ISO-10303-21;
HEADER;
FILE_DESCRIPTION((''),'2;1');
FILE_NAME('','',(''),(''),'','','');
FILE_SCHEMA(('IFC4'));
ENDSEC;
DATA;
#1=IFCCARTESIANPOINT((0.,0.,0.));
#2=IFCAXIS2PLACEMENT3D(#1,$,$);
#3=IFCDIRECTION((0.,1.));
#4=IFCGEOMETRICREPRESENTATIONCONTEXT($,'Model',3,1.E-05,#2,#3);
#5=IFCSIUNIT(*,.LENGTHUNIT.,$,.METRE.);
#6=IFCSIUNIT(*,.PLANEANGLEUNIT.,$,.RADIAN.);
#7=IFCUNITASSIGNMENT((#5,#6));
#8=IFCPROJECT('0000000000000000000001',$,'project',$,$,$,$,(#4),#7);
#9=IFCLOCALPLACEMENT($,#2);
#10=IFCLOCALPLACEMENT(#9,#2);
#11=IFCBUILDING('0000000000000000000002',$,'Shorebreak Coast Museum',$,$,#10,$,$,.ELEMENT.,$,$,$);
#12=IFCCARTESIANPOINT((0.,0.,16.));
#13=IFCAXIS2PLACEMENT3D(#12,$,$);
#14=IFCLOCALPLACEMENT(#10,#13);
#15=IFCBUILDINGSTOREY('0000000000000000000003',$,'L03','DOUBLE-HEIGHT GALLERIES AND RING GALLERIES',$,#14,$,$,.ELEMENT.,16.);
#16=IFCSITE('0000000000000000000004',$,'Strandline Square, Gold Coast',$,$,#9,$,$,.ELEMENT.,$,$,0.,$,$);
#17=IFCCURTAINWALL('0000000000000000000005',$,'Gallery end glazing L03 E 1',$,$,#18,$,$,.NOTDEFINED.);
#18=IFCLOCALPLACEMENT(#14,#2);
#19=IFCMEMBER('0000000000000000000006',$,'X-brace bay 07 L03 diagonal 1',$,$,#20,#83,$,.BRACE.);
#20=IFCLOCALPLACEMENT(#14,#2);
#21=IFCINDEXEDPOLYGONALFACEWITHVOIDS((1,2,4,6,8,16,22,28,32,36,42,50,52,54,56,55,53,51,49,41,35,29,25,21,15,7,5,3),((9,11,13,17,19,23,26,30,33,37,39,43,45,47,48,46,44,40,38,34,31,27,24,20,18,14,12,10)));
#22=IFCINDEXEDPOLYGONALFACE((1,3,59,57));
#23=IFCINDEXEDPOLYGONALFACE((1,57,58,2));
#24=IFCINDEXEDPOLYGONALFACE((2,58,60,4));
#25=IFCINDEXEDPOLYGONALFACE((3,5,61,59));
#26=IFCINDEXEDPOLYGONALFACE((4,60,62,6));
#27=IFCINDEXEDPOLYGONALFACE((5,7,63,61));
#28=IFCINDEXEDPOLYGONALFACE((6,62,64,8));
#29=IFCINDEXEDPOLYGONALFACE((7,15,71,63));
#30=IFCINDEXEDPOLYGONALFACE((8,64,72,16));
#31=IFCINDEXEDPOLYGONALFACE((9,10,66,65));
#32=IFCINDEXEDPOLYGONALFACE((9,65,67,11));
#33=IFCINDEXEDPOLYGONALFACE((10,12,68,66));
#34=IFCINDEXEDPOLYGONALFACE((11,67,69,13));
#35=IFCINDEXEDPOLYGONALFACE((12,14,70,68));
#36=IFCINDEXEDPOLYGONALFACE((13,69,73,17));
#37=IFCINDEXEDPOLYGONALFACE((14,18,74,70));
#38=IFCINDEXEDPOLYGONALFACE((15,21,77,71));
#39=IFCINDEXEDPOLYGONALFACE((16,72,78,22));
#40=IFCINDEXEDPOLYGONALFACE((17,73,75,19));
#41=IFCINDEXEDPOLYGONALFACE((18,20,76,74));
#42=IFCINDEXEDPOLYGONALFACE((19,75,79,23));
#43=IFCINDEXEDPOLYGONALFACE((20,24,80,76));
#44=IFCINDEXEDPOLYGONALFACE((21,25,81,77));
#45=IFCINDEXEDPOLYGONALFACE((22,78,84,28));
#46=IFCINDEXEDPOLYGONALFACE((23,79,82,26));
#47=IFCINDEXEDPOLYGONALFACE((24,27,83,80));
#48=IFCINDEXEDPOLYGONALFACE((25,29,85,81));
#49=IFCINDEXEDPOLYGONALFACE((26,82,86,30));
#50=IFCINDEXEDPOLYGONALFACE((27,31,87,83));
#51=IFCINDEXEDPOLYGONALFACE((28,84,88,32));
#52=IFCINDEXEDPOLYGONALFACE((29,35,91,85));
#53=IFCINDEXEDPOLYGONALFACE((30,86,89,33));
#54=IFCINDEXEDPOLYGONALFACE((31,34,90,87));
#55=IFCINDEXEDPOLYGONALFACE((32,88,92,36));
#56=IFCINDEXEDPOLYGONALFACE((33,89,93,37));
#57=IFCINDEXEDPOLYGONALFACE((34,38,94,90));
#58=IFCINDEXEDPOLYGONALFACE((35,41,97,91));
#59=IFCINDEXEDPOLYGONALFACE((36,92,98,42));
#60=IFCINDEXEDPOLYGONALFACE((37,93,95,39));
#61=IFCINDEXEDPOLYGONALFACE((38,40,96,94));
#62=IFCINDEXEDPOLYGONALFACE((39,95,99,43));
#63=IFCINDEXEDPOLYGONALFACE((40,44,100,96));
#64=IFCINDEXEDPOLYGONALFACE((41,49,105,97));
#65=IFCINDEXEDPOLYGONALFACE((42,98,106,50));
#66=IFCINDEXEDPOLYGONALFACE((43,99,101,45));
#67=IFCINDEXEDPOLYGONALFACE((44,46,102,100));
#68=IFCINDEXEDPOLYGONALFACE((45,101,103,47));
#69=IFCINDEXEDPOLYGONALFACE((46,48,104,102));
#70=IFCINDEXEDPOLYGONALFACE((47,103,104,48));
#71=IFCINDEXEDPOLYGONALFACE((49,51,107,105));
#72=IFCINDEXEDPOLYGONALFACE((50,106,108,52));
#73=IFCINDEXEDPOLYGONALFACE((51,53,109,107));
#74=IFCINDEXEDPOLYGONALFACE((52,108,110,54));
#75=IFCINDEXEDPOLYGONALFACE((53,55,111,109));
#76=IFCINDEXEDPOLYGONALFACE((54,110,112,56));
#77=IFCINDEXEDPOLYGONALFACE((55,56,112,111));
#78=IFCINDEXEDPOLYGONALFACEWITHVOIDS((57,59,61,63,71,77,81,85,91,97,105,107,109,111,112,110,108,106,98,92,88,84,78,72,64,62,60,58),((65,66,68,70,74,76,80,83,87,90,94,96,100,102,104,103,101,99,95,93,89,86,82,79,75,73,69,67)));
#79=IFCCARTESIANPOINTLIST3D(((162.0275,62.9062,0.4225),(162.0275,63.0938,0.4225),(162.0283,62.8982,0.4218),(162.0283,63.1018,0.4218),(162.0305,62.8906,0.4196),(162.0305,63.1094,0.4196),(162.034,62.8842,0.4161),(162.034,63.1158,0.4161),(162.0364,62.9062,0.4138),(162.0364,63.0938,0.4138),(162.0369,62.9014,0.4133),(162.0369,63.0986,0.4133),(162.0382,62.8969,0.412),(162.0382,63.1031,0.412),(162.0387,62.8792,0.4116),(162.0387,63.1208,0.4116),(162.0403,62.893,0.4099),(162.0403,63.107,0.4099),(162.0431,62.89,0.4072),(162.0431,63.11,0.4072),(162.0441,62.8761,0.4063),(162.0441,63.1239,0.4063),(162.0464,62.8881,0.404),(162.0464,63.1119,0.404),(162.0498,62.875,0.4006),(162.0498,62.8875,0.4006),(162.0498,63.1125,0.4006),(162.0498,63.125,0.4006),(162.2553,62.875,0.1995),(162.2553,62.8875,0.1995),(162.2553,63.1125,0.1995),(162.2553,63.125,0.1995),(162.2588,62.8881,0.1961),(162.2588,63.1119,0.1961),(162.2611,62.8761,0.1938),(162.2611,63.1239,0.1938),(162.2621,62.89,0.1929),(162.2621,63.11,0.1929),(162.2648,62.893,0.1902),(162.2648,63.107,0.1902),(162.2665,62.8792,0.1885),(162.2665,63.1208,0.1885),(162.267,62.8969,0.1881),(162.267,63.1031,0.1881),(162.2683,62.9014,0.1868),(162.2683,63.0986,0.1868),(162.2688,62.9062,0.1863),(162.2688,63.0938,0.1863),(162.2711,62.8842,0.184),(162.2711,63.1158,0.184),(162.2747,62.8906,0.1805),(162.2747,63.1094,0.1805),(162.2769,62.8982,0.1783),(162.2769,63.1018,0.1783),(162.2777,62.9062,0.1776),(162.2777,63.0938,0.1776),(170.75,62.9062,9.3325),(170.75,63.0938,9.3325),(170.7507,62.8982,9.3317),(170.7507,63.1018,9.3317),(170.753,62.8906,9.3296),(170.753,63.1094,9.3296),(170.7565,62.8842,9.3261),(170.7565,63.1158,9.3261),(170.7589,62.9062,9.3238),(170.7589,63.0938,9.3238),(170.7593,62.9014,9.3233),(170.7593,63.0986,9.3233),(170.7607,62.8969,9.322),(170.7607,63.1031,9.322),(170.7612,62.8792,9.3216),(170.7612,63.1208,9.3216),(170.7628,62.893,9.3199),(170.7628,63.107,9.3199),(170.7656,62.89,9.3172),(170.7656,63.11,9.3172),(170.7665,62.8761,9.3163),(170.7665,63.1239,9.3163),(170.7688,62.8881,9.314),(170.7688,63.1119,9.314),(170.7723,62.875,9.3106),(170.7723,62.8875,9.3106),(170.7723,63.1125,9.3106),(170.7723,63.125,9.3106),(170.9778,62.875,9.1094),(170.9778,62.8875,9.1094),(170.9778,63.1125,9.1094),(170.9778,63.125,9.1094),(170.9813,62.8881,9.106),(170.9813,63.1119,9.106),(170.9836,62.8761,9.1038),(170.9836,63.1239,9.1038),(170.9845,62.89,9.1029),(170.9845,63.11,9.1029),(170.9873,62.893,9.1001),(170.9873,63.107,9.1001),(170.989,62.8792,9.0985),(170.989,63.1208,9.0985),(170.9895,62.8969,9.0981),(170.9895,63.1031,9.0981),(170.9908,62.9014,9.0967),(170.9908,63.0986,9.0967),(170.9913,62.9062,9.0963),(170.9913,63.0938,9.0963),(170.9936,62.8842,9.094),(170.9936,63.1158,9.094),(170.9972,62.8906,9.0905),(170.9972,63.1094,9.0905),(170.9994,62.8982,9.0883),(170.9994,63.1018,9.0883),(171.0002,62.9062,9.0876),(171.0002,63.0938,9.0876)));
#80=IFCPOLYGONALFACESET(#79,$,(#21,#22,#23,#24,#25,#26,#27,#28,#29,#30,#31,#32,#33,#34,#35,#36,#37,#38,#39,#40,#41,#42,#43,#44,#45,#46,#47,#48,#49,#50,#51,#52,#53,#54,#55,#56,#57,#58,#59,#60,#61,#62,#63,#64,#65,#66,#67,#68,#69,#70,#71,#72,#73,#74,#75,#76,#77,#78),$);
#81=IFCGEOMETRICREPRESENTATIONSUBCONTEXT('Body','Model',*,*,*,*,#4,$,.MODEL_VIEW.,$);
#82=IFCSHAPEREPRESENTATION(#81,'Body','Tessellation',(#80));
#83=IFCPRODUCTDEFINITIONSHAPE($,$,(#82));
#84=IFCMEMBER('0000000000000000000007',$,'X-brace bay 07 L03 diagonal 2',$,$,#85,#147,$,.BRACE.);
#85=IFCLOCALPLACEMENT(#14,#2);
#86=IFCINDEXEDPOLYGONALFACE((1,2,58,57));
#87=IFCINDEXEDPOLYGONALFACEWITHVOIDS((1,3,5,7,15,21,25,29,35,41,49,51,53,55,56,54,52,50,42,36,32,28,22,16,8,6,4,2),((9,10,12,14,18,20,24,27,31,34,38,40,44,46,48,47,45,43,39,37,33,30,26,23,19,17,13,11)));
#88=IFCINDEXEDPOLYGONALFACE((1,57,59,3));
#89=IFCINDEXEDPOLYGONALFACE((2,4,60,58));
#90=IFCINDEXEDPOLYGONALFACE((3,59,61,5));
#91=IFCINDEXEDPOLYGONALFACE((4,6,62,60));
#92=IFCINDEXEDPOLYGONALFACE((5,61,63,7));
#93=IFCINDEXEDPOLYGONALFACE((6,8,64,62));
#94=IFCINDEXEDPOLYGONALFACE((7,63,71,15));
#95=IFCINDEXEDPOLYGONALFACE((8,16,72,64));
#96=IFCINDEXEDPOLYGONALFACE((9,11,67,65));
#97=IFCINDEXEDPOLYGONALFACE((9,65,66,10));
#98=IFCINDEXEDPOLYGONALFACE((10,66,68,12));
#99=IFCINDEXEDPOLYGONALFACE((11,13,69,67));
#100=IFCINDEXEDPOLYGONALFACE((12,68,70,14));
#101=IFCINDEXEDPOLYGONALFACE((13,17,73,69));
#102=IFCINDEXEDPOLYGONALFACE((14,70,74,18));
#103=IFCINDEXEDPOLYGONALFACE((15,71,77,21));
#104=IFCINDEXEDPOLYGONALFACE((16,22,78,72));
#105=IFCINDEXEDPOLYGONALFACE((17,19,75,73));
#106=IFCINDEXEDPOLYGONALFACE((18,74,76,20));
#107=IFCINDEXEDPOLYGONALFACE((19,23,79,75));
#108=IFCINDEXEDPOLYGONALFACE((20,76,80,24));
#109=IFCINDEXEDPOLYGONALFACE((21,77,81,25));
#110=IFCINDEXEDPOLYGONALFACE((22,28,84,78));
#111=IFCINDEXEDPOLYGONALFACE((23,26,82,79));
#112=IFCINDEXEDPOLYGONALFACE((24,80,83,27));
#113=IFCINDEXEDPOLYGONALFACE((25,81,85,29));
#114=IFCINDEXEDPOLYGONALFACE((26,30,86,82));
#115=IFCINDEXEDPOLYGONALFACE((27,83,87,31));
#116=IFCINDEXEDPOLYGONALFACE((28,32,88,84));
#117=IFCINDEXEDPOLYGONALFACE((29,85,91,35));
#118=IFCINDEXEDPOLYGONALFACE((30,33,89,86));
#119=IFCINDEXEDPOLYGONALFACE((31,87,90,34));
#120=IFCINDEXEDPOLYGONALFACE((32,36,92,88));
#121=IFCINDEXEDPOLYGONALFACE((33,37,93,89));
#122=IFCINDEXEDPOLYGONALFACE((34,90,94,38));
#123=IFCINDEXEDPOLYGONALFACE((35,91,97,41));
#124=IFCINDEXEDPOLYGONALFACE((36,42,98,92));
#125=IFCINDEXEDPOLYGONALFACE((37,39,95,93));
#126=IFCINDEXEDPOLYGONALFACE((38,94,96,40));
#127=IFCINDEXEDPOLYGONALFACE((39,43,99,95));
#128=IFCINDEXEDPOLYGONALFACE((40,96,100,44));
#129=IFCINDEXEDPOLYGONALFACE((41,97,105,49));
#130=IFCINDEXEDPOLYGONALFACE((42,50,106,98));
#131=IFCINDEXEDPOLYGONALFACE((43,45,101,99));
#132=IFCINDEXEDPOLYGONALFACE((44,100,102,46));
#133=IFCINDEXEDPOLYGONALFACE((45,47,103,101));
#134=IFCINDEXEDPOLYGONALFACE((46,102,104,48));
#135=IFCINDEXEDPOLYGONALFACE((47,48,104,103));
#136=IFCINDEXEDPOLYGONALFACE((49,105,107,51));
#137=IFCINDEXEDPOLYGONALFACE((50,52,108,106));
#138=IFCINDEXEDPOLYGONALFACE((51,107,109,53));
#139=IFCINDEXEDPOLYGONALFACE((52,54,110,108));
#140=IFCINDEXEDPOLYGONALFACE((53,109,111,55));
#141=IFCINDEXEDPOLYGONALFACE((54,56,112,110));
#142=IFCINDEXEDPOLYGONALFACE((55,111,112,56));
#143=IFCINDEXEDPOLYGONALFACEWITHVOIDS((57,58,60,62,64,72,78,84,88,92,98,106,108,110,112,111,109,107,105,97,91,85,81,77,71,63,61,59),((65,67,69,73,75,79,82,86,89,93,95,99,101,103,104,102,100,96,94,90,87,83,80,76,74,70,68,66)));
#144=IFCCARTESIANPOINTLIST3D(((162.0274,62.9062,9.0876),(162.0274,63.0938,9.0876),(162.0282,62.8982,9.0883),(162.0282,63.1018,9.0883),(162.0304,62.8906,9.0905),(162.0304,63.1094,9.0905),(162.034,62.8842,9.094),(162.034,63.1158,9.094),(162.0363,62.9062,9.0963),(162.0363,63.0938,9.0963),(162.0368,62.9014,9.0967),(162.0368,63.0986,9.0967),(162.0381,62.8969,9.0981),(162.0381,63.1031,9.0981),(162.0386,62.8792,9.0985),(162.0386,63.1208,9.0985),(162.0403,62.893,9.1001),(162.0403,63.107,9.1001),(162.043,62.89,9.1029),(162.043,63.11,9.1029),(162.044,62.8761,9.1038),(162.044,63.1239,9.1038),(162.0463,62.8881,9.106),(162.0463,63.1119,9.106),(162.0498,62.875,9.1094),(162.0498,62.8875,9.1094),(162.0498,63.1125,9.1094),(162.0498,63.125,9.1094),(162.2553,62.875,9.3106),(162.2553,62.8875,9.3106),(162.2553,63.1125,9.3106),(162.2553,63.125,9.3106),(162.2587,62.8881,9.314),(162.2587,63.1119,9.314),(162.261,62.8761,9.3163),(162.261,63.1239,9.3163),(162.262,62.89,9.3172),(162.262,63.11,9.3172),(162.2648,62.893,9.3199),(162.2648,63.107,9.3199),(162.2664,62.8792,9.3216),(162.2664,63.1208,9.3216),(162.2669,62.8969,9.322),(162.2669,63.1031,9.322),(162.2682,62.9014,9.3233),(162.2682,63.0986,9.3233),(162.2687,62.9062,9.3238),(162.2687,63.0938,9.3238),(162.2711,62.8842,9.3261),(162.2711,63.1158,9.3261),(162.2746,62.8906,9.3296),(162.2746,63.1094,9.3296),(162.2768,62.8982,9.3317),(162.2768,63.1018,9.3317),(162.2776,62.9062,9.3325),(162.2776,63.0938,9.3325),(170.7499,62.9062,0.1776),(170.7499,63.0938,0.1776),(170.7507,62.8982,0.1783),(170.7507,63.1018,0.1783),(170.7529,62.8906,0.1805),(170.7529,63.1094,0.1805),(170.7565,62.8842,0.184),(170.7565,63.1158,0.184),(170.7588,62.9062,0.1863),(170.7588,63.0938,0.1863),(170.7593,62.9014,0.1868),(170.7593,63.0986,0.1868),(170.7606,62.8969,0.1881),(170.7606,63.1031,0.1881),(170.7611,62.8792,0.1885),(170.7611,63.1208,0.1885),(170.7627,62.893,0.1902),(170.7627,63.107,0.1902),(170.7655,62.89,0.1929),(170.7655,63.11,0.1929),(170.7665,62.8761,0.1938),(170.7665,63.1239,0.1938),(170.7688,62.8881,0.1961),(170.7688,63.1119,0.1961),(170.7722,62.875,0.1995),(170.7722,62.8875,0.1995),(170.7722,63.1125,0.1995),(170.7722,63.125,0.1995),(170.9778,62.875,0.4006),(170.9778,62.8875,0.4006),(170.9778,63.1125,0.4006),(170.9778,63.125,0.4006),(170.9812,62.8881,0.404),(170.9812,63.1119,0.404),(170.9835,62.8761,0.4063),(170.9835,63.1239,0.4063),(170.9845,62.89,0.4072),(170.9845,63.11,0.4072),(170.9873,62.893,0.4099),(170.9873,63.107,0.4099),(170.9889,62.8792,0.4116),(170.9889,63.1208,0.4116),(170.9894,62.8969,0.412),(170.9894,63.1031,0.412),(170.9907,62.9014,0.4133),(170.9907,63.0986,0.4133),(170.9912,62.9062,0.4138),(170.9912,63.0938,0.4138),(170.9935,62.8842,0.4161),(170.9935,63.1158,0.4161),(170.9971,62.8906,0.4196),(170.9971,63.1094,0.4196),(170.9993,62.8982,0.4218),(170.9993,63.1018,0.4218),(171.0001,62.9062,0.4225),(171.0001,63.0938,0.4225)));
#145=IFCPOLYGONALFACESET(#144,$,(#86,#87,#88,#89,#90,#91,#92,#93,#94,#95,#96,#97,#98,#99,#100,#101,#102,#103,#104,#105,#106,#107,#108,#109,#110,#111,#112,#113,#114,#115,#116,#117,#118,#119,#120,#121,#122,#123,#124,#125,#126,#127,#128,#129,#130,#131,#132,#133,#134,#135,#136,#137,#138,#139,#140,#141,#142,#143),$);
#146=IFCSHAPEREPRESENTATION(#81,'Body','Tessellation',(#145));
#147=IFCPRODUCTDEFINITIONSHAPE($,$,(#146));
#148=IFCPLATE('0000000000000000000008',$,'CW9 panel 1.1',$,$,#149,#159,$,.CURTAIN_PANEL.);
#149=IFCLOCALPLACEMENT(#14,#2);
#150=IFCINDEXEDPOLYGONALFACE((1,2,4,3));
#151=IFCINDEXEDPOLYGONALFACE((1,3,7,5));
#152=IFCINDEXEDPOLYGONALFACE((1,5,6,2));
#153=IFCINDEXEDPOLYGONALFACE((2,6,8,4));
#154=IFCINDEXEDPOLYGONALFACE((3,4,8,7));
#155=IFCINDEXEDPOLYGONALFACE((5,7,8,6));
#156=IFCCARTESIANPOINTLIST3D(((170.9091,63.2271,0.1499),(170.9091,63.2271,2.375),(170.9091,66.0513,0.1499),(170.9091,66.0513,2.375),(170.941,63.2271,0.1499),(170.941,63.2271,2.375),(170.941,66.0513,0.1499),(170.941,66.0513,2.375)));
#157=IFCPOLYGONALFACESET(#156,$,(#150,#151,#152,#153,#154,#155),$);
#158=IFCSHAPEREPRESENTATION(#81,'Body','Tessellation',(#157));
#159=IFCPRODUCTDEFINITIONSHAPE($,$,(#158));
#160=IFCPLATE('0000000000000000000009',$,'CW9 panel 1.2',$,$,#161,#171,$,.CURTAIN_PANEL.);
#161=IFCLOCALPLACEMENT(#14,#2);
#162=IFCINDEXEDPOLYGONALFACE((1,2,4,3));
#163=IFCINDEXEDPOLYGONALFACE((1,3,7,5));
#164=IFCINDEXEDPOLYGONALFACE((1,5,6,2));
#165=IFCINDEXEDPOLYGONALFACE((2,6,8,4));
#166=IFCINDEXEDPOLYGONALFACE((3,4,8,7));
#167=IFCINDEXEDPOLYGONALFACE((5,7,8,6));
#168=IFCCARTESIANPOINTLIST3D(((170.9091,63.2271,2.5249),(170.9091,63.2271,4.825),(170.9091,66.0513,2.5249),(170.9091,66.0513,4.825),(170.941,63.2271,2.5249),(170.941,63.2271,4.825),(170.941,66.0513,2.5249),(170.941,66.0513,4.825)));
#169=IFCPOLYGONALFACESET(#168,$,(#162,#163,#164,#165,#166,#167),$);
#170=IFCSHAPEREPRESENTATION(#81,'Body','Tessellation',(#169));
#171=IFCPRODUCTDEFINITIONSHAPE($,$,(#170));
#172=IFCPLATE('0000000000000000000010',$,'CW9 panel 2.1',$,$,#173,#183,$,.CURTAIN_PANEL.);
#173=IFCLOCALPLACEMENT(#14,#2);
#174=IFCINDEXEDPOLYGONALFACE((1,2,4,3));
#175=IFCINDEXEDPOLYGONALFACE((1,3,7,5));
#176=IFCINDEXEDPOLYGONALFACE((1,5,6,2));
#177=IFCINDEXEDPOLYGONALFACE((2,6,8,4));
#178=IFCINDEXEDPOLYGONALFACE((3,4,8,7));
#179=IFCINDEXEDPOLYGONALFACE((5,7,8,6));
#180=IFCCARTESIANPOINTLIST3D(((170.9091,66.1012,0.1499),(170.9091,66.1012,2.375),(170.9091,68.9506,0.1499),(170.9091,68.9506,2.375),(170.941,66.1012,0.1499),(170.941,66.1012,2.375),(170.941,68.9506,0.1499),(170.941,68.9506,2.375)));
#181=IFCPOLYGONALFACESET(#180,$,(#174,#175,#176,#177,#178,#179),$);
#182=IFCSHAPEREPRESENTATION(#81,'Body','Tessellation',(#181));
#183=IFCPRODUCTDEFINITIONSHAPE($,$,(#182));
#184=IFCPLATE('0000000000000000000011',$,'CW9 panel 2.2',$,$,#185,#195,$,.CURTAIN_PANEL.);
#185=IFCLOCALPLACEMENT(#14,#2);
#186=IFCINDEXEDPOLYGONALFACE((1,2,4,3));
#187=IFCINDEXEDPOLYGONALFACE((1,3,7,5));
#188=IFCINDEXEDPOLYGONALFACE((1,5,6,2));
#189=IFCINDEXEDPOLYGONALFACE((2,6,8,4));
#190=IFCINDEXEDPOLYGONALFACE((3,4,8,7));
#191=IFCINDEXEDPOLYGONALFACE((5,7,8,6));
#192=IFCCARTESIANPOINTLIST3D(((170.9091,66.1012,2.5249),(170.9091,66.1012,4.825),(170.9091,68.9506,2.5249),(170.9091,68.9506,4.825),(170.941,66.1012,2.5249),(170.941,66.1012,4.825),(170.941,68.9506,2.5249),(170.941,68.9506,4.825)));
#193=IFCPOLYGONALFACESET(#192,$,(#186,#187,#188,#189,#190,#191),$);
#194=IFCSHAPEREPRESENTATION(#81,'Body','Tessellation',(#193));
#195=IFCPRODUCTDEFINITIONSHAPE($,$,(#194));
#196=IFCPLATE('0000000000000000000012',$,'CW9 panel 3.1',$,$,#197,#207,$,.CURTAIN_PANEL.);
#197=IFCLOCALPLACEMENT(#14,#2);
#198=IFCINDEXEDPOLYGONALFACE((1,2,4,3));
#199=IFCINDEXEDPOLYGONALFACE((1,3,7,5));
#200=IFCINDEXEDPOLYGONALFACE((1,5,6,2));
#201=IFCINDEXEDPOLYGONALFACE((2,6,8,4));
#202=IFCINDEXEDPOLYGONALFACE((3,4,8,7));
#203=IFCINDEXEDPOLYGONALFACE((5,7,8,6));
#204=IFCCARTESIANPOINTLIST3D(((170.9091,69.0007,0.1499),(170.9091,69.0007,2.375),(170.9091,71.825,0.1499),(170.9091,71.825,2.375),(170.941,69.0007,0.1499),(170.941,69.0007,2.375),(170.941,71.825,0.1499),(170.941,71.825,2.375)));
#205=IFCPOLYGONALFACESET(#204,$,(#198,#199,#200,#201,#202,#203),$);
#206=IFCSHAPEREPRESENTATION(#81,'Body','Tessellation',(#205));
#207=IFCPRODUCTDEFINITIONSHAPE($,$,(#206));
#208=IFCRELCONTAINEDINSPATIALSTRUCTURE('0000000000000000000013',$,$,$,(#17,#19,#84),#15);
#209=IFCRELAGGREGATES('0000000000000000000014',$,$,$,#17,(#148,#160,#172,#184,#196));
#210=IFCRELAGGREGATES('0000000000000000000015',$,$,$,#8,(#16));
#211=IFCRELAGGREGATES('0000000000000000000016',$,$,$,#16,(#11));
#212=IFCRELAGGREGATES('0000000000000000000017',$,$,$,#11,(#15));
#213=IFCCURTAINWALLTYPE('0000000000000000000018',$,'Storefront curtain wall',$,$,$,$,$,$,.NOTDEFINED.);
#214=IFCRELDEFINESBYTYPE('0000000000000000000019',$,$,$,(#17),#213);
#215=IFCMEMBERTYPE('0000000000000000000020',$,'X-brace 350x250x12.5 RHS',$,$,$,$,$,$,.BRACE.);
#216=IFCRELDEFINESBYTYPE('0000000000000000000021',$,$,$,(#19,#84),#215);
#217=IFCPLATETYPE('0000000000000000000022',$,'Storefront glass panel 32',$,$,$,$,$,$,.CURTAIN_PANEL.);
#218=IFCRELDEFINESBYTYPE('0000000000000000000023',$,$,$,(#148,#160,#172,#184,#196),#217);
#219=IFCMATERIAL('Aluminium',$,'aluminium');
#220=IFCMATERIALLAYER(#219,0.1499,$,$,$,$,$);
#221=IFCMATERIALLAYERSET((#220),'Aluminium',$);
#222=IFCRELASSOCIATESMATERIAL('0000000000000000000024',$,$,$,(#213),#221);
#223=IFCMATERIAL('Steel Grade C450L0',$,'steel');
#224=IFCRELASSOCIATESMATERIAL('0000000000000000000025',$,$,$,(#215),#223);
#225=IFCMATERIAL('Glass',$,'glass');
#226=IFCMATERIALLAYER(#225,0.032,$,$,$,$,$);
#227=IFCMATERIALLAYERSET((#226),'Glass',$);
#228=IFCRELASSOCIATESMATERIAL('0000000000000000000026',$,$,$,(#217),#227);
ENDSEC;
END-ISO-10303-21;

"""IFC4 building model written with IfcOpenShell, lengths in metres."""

from ifc_helpers import new_model, si_unit, direction, frame, origin, origin_2d, place, context, subcontext, project, spatial, rectangle, hollow_rectangle, extrude, material, layer, layer_set, material_profile, profile_set, type_object, element, aggregate, save


model = new_model("IFC4")

# Units and contexts
model_context = context("Model", 3, precision=1e-05, world=origin(), true_north=direction((0.0, 1.0)))
body_context = subcontext(model_context, "Body", "Model", "MODEL_VIEW")
ifc_project = project(units=[si_unit("LENGTHUNIT", "METRE"), si_unit("PLANEANGLEUNIT", "RADIAN")], contexts=[model_context])

# Site, building, storey
site_placement = place(None, origin())
site = spatial("IfcSite", under=ifc_project, at=site_placement, Name="Strandline Square, Gold Coast", CompositionType="ELEMENT", RefElevation=0.0)
building_placement = place(site_placement, origin())
building = spatial("IfcBuilding", under=site, at=building_placement, Name="Shorebreak Coast Museum", CompositionType="ELEMENT")
storey_placement = place(building_placement, frame((0.0, 0.0, 16.0)))
storey = spatial("IfcBuildingStorey", under=building, at=storey_placement, Name="L03", Description="DOUBLE-HEIGHT GALLERIES AND RING GALLERIES", CompositionType="ELEMENT", Elevation=16.0)

# Curtain wall
ifc_material_1 = material(Name="Aluminium", Category="aluminium")
ifc_layer_1 = layer(ifc_material_1, 0.1499)
ifc_layer_set_1 = layer_set([ifc_layer_1], Name="Aluminium")
curtain_wall_type = type_object("IfcCurtainWallType", Name="Storefront curtain wall", PredefinedType="NOTDEFINED", material=ifc_layer_set_1)
curtain_wall_1_placement = place(storey_placement, origin())
curtain_wall_1 = element("IfcCurtainWall", 1, at=curtain_wall_1_placement, inside=storey, type_object=curtain_wall_type, Name="Gallery end glazing L03 E 1", PredefinedType="NOTDEFINED")

# Members
ifc_material_2 = material(Name="Steel Grade C450L0", Category="steel")
ifc_material_profile_1 = material_profile(ifc_material_2, hollow_rectangle(XDim=0.25, YDim=0.3501, WallThickness=0.0125, InnerFilletRadius=0.0188, OuterFilletRadius=0.0312, at=origin_2d()), Name="350x250x12.5 RHS")
ifc_profile_set_1 = profile_set([ifc_material_profile_1], Name="Steel Grade C450L0")
member_type_1 = type_object("IfcMemberType", Name="X-brace 350x250x12.5 RHS", PredefinedType="BRACE", material=ifc_profile_set_1)
for number, where, z_axis, x_axis, name in (
    (2, (162.1526, 63.0, 0.3), (0.699548, 0.0, 0.714586), (0.0, 1.0, 0.0), "X-brace bay 07 L03 diagonal 1"),
    (3, (170.875, 63.0, 0.3), (-0.699548, 0.0, 0.714586), (0.0, -1.0, 0.0), "X-brace bay 07 L03 diagonal 2"),
):
    element("IfcMember", number, at=place(storey_placement, frame(where, z_axis=z_axis, x_axis=x_axis)), inside=storey, type_object=member_type_1, Name=name, PredefinedType="BRACE", context=body_context, shape_type="SweptSolid", body=[
        extrude(hollow_rectangle(XDim=0.25, YDim=0.3501, WallThickness=0.0125, InnerFilletRadius=0.0188, OuterFilletRadius=0.0312, at=origin_2d()), origin(), (0.0, 0.0, 1.0), 12.4688),
    ])

# Plates
ifc_material_3 = material(Name="Glass", Category="glass")
ifc_layer_2 = layer(ifc_material_3, 0.032)
ifc_layer_set_2 = layer_set([ifc_layer_2], Name="Glass")
plate_type = type_object("IfcPlateType", Name="Storefront glass panel 32", PredefinedType="CURTAIN_PANEL", material=ifc_layer_set_2)
plate_1_placement = place(storey_placement, frame((170.925, 64.6392, 0.1499), z_axis=(0.0, 0.0, 1.0), x_axis=(0.0, 1.0, 0.0)))
plate_1 = element("IfcPlate", 4, at=plate_1_placement, type_object=plate_type, Name="CW9 panel 1.1", PredefinedType="CURTAIN_PANEL", context=body_context, shape_type="SweptSolid", body=[
    extrude(rectangle(XDim=2.8242, YDim=0.032, at=origin_2d()), origin(), (0.0, 0.0, 1.0), 2.2251),
])
plate_2_placement = place(storey_placement, frame((170.925, 64.6392, 2.5249), z_axis=(0.0, 0.0, 1.0), x_axis=(0.0, 1.0, 0.0)))
plate_2 = element("IfcPlate", 5, at=plate_2_placement, type_object=plate_type, Name="CW9 panel 1.2", PredefinedType="CURTAIN_PANEL", context=body_context, shape_type="SweptSolid", body=[
    extrude(rectangle(XDim=2.8242, YDim=0.032, at=origin_2d()), origin(), (0.0, 0.0, 1.0), 2.3),
])
plate_3_placement = place(storey_placement, frame((170.925, 67.5259, 0.1499), z_axis=(0.0, 0.0, 1.0), x_axis=(0.0, 1.0, 0.0)))
plate_3 = element("IfcPlate", 6, at=plate_3_placement, type_object=plate_type, Name="CW9 panel 2.1", PredefinedType="CURTAIN_PANEL", context=body_context, shape_type="SweptSolid", body=[
    extrude(rectangle(XDim=2.8494, YDim=0.032, at=origin_2d()), origin(), (0.0, 0.0, 1.0), 2.2251),
])
plate_4_placement = place(storey_placement, frame((170.925, 67.5259, 2.5249), z_axis=(0.0, 0.0, 1.0), x_axis=(0.0, 1.0, 0.0)))
plate_4 = element("IfcPlate", 7, at=plate_4_placement, type_object=plate_type, Name="CW9 panel 2.2", PredefinedType="CURTAIN_PANEL", context=body_context, shape_type="SweptSolid", body=[
    extrude(rectangle(XDim=2.8494, YDim=0.032, at=origin_2d()), origin(), (0.0, 0.0, 1.0), 2.3),
])
plate_5_placement = place(storey_placement, frame((170.925, 70.4128, 0.1499), z_axis=(0.0, 0.0, 1.0), x_axis=(0.0, 1.0, 0.0)))
plate_5 = element("IfcPlate", 8, at=plate_5_placement, type_object=plate_type, Name="CW9 panel 3.1", PredefinedType="CURTAIN_PANEL", context=body_context, shape_type="SweptSolid", body=[
    extrude(rectangle(XDim=2.8242, YDim=0.032, at=origin_2d()), origin(), (0.0, 0.0, 1.0), 2.2251),
])
aggregate(curtain_wall_1, [plate_1, plate_2, plate_3, plate_4, plate_5])

save(model, "model.ifc")
